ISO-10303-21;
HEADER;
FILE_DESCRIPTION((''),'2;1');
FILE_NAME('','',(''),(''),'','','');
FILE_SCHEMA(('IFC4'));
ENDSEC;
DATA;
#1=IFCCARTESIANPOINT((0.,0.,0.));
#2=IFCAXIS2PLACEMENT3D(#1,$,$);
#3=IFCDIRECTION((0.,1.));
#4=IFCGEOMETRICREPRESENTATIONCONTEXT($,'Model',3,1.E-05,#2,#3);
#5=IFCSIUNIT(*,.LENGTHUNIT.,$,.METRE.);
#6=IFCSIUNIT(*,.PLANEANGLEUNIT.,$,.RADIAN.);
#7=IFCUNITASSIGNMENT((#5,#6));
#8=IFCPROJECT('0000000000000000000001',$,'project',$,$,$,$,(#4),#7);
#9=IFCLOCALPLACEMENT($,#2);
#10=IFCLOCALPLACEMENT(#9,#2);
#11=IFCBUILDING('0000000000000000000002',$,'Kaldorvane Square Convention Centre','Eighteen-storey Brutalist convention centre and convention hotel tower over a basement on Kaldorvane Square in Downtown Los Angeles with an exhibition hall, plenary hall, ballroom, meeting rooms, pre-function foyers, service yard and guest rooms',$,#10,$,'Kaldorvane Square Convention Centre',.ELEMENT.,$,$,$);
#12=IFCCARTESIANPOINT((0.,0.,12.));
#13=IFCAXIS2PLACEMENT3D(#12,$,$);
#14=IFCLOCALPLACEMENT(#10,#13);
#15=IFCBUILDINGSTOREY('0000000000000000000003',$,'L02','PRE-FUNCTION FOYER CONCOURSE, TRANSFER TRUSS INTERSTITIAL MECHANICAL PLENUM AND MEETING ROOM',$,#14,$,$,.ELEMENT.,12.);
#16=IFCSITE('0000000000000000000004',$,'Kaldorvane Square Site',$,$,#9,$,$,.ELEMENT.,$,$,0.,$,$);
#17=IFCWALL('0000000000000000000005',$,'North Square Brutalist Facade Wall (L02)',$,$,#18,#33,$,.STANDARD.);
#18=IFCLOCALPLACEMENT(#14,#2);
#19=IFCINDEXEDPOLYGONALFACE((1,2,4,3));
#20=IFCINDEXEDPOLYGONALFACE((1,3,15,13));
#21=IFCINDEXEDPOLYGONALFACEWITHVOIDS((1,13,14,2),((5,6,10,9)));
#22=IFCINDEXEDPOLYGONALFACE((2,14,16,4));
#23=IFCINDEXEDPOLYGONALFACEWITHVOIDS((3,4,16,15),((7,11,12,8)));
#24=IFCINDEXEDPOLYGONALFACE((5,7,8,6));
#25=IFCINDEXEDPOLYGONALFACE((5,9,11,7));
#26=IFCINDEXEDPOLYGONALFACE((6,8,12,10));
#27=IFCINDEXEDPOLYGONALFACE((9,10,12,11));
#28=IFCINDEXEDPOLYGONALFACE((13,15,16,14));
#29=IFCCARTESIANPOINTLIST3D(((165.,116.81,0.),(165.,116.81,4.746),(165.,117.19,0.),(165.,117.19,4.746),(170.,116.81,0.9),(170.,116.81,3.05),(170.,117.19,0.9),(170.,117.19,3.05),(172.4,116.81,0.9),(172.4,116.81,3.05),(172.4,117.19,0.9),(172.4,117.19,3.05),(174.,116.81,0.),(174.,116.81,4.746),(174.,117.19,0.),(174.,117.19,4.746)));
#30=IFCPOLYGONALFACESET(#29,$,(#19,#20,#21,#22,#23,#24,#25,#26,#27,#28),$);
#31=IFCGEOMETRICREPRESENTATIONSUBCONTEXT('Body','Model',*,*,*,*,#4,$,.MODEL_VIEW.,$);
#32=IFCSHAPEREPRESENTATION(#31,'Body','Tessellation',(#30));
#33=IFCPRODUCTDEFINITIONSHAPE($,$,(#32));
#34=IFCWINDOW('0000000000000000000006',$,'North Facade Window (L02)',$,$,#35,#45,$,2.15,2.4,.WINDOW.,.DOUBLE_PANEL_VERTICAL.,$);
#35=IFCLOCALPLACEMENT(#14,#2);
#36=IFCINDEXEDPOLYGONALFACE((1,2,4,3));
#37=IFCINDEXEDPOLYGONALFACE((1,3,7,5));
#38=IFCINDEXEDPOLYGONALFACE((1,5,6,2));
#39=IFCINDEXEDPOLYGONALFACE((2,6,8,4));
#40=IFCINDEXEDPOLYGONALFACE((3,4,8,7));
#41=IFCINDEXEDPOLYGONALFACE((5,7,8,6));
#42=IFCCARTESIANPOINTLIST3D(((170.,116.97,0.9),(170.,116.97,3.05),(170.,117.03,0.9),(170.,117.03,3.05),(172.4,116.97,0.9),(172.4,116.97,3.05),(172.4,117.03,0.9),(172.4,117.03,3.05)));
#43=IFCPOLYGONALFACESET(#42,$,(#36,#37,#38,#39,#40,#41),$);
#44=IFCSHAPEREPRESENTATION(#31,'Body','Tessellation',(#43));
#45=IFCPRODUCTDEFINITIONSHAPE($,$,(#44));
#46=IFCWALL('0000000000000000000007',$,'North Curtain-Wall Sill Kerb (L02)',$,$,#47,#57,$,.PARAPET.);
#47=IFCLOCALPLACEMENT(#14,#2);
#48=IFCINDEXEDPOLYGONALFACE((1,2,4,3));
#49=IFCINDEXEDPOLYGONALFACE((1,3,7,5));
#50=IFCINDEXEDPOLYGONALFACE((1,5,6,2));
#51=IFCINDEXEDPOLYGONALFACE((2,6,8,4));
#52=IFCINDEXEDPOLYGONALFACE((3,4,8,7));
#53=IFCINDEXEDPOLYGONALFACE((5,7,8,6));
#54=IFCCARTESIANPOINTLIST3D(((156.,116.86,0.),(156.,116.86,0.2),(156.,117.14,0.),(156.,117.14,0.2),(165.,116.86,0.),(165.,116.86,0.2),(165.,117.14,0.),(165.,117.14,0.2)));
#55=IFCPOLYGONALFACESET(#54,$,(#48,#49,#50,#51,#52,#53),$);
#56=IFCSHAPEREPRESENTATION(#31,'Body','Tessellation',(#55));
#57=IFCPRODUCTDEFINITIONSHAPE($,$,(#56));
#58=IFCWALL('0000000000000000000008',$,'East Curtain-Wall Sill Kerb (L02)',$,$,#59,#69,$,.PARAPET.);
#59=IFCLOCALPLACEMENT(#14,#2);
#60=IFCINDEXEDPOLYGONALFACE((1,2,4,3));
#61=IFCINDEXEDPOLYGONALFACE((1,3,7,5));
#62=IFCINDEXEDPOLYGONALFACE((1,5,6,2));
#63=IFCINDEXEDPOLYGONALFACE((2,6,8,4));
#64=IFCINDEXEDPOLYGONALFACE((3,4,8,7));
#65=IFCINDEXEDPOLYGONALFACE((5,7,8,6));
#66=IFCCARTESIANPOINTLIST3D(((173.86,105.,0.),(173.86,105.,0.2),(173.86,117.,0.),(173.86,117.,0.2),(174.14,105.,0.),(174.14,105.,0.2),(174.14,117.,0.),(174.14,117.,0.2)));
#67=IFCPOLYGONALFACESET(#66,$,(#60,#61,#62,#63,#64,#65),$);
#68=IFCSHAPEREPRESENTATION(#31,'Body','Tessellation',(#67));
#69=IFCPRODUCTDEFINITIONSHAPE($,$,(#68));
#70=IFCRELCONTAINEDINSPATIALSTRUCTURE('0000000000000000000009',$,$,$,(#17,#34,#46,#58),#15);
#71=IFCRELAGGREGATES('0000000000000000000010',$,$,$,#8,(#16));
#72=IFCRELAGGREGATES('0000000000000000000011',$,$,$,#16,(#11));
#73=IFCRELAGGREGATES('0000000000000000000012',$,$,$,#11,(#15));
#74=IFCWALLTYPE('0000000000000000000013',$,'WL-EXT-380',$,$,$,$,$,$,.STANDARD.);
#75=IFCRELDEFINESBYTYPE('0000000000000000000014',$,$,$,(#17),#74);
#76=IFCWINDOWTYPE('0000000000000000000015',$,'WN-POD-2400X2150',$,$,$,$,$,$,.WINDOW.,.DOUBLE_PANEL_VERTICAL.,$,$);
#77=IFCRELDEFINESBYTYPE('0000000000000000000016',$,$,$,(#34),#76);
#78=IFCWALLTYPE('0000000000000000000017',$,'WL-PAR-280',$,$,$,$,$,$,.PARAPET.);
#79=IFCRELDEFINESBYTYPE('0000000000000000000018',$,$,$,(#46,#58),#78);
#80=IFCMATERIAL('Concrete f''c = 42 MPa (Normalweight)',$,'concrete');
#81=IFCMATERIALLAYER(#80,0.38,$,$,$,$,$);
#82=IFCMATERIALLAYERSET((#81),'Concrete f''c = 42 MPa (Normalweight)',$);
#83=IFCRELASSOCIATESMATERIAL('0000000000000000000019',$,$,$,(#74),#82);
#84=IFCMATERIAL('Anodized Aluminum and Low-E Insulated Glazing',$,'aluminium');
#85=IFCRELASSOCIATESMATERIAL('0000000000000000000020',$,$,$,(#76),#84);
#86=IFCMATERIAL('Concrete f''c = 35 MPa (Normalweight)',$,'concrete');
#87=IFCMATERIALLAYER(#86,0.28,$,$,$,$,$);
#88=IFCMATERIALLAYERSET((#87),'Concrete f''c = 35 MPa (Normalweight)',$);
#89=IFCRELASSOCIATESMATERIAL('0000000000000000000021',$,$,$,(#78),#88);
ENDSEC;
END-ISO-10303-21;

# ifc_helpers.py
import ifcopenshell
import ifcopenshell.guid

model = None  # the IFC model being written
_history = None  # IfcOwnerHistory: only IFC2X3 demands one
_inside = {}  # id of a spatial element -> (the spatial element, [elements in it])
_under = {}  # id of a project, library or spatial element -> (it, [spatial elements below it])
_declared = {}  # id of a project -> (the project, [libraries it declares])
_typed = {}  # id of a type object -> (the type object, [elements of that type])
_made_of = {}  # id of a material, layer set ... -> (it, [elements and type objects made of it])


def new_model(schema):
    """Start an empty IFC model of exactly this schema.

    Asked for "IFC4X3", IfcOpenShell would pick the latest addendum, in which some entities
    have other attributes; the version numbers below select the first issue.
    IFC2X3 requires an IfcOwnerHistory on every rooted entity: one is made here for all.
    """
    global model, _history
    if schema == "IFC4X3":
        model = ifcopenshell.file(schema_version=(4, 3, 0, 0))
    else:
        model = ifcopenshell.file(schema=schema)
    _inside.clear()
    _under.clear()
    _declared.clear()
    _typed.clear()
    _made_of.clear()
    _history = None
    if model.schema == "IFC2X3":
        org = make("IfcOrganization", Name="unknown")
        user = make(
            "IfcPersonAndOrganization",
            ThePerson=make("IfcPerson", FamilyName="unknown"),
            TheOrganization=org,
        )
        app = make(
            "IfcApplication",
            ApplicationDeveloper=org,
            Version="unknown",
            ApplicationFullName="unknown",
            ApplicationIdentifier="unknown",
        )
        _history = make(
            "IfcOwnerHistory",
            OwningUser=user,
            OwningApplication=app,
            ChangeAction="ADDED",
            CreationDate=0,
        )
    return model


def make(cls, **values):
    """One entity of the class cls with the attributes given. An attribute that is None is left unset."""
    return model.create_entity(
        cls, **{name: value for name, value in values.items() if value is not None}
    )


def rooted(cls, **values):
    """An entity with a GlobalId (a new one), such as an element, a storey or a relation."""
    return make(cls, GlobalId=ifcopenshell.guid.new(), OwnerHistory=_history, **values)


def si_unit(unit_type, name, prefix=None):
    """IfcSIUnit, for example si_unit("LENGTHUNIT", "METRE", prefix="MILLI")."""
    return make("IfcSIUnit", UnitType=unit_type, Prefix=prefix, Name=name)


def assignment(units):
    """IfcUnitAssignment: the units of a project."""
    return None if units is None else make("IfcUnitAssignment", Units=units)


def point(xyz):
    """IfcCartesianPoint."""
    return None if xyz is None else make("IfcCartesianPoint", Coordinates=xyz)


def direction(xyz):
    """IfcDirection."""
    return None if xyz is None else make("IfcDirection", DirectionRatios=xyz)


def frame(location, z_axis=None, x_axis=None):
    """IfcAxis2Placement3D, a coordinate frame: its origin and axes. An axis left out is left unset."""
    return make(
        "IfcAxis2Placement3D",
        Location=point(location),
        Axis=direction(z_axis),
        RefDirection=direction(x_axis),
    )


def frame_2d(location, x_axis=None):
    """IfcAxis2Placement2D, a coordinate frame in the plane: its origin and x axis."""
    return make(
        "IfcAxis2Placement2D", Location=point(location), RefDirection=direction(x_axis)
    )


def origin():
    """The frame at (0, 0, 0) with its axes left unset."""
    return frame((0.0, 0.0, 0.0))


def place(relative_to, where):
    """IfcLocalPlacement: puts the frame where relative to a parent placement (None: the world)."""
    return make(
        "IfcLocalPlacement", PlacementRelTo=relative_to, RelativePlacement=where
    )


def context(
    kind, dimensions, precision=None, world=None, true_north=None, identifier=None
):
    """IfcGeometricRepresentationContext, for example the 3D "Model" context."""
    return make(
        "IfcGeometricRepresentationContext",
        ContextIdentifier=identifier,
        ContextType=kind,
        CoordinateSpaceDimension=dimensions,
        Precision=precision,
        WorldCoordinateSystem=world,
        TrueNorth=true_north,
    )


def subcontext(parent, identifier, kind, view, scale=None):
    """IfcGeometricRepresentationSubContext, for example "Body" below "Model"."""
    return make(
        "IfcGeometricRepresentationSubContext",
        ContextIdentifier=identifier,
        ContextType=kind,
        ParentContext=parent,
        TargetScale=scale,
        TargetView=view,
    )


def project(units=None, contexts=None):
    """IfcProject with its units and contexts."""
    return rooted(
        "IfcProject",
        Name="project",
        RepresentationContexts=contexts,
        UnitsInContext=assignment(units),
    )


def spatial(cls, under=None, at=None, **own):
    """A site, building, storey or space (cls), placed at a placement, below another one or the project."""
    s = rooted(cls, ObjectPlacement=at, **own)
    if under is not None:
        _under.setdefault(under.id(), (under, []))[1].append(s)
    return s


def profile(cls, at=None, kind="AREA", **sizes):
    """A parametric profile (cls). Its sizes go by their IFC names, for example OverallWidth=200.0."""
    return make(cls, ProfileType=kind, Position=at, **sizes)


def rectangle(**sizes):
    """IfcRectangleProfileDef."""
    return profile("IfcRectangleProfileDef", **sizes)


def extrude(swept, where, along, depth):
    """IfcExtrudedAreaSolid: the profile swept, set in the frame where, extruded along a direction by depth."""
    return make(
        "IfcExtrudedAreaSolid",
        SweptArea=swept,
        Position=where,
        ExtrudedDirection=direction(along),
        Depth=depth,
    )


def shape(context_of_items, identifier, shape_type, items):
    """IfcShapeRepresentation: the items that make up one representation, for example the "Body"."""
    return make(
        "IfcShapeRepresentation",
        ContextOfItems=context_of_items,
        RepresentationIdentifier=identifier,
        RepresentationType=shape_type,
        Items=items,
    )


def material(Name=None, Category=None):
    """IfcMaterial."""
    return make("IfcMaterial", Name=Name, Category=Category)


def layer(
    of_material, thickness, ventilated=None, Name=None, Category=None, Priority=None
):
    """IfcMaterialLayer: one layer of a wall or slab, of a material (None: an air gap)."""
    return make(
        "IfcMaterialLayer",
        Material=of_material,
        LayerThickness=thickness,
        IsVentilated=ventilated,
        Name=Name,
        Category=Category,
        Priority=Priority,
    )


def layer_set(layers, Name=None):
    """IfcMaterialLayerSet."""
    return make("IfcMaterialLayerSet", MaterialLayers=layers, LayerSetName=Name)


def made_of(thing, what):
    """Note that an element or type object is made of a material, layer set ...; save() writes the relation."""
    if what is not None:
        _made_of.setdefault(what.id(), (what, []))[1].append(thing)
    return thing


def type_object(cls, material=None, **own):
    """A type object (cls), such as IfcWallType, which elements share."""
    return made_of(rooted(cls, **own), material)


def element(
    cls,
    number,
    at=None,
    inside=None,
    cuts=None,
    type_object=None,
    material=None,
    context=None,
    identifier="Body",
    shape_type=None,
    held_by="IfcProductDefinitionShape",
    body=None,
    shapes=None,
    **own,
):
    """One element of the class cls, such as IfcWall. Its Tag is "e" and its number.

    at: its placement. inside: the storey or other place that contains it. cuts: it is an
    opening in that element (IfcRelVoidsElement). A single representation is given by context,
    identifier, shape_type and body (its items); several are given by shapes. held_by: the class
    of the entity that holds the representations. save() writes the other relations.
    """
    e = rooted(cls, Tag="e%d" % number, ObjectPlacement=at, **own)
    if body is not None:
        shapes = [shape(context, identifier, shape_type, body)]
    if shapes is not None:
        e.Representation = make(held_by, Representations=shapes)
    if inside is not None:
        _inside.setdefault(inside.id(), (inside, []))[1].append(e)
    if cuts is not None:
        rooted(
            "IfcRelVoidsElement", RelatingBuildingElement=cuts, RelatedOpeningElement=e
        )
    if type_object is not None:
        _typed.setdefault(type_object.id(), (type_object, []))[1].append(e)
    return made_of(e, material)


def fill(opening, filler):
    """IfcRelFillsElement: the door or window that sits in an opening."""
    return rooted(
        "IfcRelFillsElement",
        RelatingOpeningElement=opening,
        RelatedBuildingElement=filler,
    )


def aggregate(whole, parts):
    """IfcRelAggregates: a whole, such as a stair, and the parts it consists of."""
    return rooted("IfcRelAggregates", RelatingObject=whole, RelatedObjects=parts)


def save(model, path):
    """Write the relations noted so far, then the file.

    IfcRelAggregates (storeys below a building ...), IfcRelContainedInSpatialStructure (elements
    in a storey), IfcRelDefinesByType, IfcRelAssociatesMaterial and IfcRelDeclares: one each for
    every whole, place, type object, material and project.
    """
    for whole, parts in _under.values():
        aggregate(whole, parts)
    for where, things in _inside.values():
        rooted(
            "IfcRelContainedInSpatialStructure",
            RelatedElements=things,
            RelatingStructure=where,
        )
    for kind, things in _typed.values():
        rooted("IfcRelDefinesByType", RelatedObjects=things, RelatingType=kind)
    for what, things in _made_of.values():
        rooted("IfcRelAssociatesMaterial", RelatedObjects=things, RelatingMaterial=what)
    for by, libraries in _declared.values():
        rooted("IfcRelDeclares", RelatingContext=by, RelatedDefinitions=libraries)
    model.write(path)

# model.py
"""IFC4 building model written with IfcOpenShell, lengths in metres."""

from ifc_helpers import new_model, si_unit, direction, frame, frame_2d, origin, place, context, subcontext, project, spatial, rectangle, extrude, material, layer, layer_set, type_object, element, fill, save


model = new_model("IFC4")

# Units and contexts
model_context = context("Model", 3, precision=1e-05, world=origin(), true_north=direction((0.0, 1.0)))
body_context = subcontext(model_context, "Body", "Model", "MODEL_VIEW")
ifc_project = project(units=[si_unit("LENGTHUNIT", "METRE"), si_unit("PLANEANGLEUNIT", "RADIAN")], contexts=[model_context])

# Site, building, storey
site_placement = place(None, origin())
site = spatial("IfcSite", under=ifc_project, at=site_placement, Name="Kaldorvane Square Site", CompositionType="ELEMENT", RefElevation=0.0)
building_placement = place(site_placement, origin())
building = spatial("IfcBuilding", under=site, at=building_placement, Name="Kaldorvane Square Convention Centre", Description="Eighteen-storey Brutalist convention centre and convention hotel tower over a basement on Kaldorvane Square in Downtown Los Angeles with an exhibition hall, plenary hall, ballroom, meeting rooms, pre-function foyers, service yard and guest rooms", LongName="Kaldorvane Square Convention Centre", CompositionType="ELEMENT")
storey_placement = place(building_placement, frame((0.0, 0.0, 12.0)))
storey = spatial("IfcBuildingStorey", under=building, at=storey_placement, Name="L02", Description="PRE-FUNCTION FOYER CONCOURSE, TRANSFER TRUSS INTERSTITIAL MECHANICAL PLENUM AND MEETING ROOM", CompositionType="ELEMENT", Elevation=12.0)

# Shared definitions
ifc_material_1 = material(Name="Concrete f'c = 42 MPa (Normalweight)", Category="concrete")

# Shared definitions
ifc_material_2 = material(Name="Anodized Aluminum and Low-E Insulated Glazing", Category="aluminium")

# Wall, opening, window
ifc_layer_1 = layer(ifc_material_1, 0.38)
ifc_layer_set_1 = layer_set([ifc_layer_1], Name="Concrete f'c = 42 MPa (Normalweight)")
wall_type_1 = type_object("IfcWallType", Name="WL-EXT-380", PredefinedType="STANDARD", material=ifc_layer_set_1)
wall_1_placement = place(storey_placement, frame((174.0, 117.0, 0.0), z_axis=(0.0, 0.0, 1.0), x_axis=(-1.0, 0.0, 0.0)))
wall_1 = element("IfcWall", 1, at=wall_1_placement, inside=storey, type_object=wall_type_1, Name="North Square Brutalist Facade Wall (L02)", PredefinedType="STANDARD", context=body_context, shape_type="SweptSolid", body=[
    extrude(rectangle(XDim=9.0, YDim=0.38, at=frame_2d((4.5, 0.0))), origin(), (0.0, 0.0, 1.0), 4.746),
])
opening_placement = place(wall_1_placement, frame((1.6, 0.0, 0.9)))
opening = element("IfcOpeningElement", 2, at=opening_placement, cuts=wall_1, PredefinedType="OPENING", context=body_context, shape_type="SweptSolid", body=[
    extrude(rectangle(XDim=2.4, YDim=2.15, at=frame_2d((1.2, 1.075))), frame((0.0, 0.205, 0.0), z_axis=(0.0, -1.0, 0.0), x_axis=(1.0, 0.0, 0.0)), (0.0, 0.0, 1.0), 0.41),
])
window_type = type_object("IfcWindowType", Name="WN-POD-2400X2150", PartitioningType="DOUBLE_PANEL_VERTICAL", PredefinedType="WINDOW", material=ifc_material_2)
window_placement = place(opening_placement, origin())
window = element("IfcWindow", 3, at=window_placement, inside=storey, type_object=window_type, Name="North Facade Window (L02)", OverallHeight=2.15, OverallWidth=2.4, PartitioningType="DOUBLE_PANEL_VERTICAL", PredefinedType="WINDOW", context=body_context, shape_type="SweptSolid", body=[
    extrude(rectangle(XDim=2.4, YDim=2.15, at=frame_2d((1.2, 1.075))), frame((0.0, 0.03, 0.0), z_axis=(0.0, -1.0, 0.0), x_axis=(1.0, 0.0, 0.0)), (0.0, 0.0, 1.0), 0.06),
])
fill(opening, window)

# Walls
ifc_material_3 = material(Name="Concrete f'c = 35 MPa (Normalweight)", Category="concrete")
ifc_layer_2 = layer(ifc_material_3, 0.28)
ifc_layer_set_2 = layer_set([ifc_layer_2], Name="Concrete f'c = 35 MPa (Normalweight)")
wall_type_2 = type_object("IfcWallType", Name="WL-PAR-280", PredefinedType="PARAPET", material=ifc_layer_set_2)
wall_2_placement = place(storey_placement, frame((165.0, 117.0, 0.0), z_axis=(0.0, 0.0, 1.0), x_axis=(-1.0, 0.0, 0.0)))
element("IfcWall", 4, at=wall_2_placement, inside=storey, type_object=wall_type_2, Name="North Curtain-Wall Sill Kerb (L02)", PredefinedType="PARAPET", context=body_context, shape_type="SweptSolid", body=[
    extrude(rectangle(XDim=9.0, YDim=0.28, at=frame_2d((4.5, 0.0))), origin(), (0.0, 0.0, 1.0), 0.2),
])
wall_3_placement = place(storey_placement, frame((174.0, 105.0, 0.0), z_axis=(0.0, 0.0, 1.0), x_axis=(0.0, 1.0, 0.0)))
element("IfcWall", 5, at=wall_3_placement, inside=storey, type_object=wall_type_2, Name="East Curtain-Wall Sill Kerb (L02)", PredefinedType="PARAPET", context=body_context, shape_type="SweptSolid", body=[
    extrude(rectangle(XDim=12.0, YDim=0.28, at=frame_2d((6.0, 0.0))), origin(), (0.0, 0.0, 1.0), 0.2),
])

save(model, "model.ifc")
